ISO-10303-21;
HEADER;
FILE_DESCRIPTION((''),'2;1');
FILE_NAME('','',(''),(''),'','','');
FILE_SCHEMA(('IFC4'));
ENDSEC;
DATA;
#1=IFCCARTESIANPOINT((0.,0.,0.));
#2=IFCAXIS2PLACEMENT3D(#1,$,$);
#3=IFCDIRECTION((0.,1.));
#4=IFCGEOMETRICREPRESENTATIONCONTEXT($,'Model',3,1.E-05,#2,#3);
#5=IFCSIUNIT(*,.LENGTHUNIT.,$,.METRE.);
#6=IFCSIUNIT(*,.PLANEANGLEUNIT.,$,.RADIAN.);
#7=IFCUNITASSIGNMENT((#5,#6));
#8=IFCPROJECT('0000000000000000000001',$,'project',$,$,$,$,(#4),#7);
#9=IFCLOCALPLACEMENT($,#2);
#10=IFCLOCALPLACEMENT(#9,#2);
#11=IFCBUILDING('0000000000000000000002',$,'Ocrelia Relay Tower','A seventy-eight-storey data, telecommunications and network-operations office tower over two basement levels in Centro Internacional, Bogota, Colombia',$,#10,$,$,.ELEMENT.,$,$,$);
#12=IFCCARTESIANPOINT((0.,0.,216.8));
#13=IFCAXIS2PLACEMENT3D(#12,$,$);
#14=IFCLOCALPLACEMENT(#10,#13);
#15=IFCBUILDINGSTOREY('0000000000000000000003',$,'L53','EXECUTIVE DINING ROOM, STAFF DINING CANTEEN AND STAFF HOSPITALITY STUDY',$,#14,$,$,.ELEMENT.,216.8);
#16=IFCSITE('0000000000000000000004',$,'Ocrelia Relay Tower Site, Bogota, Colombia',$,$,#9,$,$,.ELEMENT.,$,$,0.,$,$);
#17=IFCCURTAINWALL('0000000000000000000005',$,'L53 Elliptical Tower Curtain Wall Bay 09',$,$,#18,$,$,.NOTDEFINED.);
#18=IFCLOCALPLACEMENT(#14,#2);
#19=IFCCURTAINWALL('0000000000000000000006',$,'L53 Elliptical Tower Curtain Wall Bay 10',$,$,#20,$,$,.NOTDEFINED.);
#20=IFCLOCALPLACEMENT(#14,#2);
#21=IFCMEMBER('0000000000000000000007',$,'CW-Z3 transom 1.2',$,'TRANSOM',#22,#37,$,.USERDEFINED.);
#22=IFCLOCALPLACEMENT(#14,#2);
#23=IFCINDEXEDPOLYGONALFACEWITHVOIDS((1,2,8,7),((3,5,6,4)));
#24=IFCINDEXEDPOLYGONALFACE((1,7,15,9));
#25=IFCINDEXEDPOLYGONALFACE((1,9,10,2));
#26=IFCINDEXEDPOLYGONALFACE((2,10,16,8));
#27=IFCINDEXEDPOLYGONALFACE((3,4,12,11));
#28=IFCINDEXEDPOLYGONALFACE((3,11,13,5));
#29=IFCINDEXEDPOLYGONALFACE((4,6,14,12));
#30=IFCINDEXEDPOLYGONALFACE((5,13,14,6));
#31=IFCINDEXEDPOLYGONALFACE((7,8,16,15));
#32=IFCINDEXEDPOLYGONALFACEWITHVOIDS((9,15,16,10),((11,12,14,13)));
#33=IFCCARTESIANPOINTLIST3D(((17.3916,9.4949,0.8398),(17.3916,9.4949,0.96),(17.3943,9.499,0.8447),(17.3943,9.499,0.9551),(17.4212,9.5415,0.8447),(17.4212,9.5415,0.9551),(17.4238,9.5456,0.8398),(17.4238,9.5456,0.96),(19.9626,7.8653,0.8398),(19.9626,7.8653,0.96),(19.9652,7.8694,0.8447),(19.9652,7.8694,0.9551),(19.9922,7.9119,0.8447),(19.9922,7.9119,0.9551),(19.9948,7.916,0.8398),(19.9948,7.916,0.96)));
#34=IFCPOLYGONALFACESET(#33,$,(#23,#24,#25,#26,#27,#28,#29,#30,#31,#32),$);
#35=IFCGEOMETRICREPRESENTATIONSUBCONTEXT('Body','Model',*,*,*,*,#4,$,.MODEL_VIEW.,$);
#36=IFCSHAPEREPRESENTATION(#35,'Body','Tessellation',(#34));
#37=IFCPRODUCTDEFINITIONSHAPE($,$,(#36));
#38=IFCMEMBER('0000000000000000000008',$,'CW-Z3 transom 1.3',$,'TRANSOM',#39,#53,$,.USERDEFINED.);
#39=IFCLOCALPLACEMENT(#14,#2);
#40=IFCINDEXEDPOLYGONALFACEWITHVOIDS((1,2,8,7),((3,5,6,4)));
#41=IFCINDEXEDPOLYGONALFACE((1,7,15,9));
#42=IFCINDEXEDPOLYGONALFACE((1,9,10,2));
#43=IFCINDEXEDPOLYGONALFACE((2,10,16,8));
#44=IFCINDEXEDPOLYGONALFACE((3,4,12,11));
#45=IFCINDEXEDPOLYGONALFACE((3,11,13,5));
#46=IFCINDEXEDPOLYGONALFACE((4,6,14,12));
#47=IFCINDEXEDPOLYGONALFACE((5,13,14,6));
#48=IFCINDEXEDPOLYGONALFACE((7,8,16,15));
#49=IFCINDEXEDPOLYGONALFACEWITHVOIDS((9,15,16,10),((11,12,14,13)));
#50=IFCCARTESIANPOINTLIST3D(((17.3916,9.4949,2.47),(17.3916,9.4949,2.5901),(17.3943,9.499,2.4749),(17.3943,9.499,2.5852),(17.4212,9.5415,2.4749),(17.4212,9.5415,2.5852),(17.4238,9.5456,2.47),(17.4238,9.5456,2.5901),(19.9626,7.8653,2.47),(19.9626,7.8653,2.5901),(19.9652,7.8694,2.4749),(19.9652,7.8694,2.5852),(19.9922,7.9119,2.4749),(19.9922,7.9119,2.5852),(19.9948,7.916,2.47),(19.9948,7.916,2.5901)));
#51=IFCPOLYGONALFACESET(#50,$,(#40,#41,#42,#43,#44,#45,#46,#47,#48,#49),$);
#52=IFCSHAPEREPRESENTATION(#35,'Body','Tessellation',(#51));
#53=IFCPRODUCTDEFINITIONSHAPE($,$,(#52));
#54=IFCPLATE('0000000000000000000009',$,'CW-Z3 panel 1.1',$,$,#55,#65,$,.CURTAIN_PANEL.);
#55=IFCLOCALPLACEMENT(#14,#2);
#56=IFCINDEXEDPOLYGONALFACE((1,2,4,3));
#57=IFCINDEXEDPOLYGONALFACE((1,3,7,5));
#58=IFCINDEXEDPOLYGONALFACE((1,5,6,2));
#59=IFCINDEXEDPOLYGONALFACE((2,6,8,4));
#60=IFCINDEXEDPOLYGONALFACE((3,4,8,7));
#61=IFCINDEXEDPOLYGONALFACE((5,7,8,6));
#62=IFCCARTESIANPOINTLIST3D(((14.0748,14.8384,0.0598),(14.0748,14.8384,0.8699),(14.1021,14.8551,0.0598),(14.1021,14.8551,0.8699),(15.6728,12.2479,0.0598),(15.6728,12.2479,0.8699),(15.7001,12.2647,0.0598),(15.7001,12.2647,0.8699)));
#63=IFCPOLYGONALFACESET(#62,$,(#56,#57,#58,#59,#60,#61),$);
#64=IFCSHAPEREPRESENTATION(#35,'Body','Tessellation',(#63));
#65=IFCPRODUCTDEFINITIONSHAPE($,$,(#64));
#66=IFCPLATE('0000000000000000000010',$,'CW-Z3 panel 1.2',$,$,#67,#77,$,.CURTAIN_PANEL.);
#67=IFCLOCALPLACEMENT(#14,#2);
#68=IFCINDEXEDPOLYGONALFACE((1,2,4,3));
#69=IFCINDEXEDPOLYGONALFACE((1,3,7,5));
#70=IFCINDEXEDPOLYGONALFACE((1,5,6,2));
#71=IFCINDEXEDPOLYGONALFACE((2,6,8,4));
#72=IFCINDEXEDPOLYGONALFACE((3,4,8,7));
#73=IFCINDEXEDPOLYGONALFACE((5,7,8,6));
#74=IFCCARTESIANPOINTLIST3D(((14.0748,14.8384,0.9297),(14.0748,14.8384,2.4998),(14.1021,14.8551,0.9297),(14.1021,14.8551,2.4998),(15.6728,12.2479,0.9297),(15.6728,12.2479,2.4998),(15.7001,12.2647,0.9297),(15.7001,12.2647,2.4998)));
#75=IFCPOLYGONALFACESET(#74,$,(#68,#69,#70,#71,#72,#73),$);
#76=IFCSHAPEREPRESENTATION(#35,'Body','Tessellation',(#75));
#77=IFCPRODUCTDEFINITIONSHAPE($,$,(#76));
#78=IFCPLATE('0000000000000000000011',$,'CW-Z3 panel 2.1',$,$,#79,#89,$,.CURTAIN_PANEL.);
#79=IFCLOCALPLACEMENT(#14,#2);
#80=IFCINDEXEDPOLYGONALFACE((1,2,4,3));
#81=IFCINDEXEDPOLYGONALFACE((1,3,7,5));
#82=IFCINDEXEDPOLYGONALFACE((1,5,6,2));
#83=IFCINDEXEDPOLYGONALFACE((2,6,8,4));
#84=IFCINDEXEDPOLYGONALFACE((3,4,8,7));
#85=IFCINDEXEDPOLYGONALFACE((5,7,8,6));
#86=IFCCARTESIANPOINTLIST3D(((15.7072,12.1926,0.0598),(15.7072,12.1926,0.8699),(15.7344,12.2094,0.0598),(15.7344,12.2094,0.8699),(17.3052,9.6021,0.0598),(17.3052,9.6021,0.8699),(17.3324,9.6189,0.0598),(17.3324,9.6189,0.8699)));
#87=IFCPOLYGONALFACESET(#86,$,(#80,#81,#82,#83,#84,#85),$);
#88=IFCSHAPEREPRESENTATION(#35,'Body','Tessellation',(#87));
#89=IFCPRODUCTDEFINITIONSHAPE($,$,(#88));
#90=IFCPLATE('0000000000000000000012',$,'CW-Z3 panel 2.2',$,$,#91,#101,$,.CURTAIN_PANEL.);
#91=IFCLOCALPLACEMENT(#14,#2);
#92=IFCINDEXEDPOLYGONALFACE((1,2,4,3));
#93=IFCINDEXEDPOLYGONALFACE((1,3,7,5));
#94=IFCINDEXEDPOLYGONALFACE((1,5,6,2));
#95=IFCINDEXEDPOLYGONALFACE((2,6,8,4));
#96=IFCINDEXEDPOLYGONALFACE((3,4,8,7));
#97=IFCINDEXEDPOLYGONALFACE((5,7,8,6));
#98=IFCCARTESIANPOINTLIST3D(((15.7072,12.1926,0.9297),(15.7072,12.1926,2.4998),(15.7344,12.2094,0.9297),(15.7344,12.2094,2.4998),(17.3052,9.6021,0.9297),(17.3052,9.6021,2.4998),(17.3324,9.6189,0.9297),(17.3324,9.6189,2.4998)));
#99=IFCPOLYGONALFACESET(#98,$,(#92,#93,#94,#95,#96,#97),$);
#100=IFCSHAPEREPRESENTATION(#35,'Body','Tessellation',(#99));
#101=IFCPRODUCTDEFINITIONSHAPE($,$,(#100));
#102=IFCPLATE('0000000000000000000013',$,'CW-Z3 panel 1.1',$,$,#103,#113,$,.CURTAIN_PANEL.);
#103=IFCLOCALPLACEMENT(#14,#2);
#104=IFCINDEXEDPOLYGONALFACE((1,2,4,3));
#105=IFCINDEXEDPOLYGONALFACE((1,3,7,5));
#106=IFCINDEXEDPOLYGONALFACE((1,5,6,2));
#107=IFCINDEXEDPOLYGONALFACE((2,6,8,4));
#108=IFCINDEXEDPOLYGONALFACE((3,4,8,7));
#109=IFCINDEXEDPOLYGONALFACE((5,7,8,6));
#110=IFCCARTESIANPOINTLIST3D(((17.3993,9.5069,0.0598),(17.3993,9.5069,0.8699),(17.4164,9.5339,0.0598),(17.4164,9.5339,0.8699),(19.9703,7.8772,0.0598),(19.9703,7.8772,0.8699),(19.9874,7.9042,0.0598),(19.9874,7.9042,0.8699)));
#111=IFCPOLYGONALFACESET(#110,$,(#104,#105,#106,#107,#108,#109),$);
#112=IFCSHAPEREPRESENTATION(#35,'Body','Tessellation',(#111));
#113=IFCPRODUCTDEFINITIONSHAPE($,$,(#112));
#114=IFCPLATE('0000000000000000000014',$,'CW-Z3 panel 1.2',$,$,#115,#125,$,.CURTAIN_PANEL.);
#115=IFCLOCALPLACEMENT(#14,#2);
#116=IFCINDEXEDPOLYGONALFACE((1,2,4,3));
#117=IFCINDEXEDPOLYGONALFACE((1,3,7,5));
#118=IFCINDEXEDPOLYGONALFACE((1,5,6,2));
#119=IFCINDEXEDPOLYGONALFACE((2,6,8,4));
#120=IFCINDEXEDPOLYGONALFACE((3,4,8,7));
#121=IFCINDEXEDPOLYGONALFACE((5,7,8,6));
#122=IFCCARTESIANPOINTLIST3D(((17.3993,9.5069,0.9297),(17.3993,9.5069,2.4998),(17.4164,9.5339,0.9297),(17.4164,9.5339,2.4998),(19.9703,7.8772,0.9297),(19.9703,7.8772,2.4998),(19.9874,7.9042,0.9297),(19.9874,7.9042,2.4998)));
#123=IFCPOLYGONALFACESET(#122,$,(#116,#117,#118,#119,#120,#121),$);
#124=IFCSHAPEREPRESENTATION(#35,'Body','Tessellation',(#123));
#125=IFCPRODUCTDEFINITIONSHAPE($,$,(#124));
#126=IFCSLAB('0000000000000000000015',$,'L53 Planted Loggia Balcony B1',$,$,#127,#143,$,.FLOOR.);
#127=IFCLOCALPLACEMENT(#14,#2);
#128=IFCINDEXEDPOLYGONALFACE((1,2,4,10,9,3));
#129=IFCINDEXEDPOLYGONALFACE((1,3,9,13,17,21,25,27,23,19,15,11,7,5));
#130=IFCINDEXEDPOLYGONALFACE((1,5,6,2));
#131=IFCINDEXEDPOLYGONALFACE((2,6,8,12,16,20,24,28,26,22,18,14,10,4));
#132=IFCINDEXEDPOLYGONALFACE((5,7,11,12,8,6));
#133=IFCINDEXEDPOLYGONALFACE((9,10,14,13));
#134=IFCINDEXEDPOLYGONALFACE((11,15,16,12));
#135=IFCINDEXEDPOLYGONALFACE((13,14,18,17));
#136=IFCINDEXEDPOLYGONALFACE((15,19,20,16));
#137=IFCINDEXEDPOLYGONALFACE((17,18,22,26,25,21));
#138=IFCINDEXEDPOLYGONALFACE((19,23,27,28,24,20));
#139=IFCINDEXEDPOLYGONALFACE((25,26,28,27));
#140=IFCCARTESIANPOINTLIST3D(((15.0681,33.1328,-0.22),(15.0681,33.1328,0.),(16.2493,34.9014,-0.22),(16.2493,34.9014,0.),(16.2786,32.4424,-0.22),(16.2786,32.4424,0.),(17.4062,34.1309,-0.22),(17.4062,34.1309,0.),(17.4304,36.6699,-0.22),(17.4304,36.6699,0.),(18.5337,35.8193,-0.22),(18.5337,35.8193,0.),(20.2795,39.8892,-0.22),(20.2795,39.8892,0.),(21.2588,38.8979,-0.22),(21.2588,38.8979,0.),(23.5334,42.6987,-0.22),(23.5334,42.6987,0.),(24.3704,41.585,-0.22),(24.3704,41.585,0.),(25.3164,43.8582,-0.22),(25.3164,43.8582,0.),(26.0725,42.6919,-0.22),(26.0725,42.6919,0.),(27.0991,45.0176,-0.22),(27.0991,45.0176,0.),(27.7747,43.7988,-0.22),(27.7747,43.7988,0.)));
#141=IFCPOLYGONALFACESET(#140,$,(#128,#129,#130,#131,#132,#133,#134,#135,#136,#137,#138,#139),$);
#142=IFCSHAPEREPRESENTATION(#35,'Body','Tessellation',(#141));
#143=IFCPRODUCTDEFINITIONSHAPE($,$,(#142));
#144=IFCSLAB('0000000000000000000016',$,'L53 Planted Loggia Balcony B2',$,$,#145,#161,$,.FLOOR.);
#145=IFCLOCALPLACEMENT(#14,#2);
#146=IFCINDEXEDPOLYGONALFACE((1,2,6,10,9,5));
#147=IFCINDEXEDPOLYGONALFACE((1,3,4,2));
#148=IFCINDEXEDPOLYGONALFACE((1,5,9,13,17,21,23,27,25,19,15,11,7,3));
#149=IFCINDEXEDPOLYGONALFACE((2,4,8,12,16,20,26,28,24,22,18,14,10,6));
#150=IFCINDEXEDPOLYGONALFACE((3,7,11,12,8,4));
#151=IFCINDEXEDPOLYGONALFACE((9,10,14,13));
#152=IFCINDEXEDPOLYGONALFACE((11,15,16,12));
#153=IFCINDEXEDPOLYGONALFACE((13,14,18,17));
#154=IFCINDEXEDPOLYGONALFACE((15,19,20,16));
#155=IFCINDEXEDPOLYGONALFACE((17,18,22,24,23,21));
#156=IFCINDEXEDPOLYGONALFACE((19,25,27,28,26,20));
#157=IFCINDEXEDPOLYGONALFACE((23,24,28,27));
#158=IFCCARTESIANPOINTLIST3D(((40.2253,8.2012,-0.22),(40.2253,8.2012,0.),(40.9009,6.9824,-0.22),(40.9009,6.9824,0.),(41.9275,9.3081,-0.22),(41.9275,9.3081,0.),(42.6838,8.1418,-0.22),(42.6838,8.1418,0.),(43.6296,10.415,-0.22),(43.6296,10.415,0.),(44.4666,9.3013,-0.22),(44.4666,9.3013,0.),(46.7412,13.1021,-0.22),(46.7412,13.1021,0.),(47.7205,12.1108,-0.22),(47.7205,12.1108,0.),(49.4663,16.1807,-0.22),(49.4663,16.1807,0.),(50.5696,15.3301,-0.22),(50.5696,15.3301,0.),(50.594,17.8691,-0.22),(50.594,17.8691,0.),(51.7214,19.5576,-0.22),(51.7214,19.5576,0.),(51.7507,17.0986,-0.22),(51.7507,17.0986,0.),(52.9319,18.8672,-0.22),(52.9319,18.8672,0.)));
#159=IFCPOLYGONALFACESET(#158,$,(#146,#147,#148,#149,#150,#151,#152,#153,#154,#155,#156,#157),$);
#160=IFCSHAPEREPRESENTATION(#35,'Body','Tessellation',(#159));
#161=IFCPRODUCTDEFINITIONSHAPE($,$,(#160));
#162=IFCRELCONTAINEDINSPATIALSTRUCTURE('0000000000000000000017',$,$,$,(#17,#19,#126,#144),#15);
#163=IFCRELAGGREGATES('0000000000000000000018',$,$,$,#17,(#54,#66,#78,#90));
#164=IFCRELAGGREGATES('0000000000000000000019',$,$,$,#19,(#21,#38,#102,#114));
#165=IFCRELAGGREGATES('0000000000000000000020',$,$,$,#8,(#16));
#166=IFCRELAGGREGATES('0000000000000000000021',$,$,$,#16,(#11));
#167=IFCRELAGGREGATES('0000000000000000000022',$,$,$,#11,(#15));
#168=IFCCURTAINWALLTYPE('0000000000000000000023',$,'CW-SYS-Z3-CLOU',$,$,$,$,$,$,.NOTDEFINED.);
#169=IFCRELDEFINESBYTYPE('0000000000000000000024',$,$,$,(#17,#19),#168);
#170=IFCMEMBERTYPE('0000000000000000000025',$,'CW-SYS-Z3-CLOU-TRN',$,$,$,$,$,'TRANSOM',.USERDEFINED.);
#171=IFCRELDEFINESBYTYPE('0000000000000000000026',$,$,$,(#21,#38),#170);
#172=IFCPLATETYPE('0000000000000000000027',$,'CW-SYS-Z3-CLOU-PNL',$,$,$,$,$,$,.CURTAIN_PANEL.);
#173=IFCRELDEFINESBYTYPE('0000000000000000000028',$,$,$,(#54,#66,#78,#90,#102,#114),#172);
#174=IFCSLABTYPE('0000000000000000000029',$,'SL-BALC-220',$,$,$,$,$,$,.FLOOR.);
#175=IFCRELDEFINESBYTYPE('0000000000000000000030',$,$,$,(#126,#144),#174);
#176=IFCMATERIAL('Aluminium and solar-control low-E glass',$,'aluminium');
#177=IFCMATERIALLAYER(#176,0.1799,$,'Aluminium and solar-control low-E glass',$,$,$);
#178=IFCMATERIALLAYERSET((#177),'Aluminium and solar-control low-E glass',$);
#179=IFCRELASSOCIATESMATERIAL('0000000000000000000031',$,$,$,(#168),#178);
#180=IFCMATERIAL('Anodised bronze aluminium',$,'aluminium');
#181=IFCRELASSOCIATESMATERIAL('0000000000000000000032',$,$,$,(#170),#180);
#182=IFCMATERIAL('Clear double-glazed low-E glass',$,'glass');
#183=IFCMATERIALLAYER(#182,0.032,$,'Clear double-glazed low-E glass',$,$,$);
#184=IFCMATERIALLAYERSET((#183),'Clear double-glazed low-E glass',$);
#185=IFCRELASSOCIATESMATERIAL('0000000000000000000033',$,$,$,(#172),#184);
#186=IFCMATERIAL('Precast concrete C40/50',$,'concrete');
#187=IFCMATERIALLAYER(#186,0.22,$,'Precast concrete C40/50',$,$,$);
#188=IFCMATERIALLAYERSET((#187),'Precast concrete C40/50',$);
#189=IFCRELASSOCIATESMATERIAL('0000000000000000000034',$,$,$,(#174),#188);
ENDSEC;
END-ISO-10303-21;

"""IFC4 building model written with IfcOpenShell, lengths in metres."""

from ifc_helpers import new_model, si_unit, direction, frame, origin, origin_2d, place, context, subcontext, project, spatial, polyline, rectangle, hollow_rectangle, outline, extrude, material, layer, layer_set, material_profile, profile_set, type_object, element, aggregate, save


model = new_model("IFC4")

# Units and contexts
model_context = context("Model", 3, precision=1e-05, world=origin(), true_north=direction((0.0, 1.0)))
body_context = subcontext(model_context, "Body", "Model", "MODEL_VIEW")
ifc_project = project(units=[si_unit("LENGTHUNIT", "METRE"), si_unit("PLANEANGLEUNIT", "RADIAN")], contexts=[model_context])

# Site, building, storey
site_placement = place(None, origin())
site = spatial("IfcSite", under=ifc_project, at=site_placement, Name="Ocrelia Relay Tower Site, Bogota, Colombia", CompositionType="ELEMENT", RefElevation=0.0)
building_placement = place(site_placement, origin())
building = spatial("IfcBuilding", under=site, at=building_placement, Name="Ocrelia Relay Tower", Description="A seventy-eight-storey data, telecommunications and network-operations office tower over two basement levels in Centro Internacional, Bogota, Colombia", CompositionType="ELEMENT")
storey_placement = place(building_placement, frame((0.0, 0.0, 216.8)))
storey = spatial("IfcBuildingStorey", under=building, at=storey_placement, Name="L53", Description="EXECUTIVE DINING ROOM, STAFF DINING CANTEEN AND STAFF HOSPITALITY STUDY", CompositionType="ELEMENT", Elevation=216.8)

# Curtain wall
ifc_material_1 = material(Name="Aluminium and solar-control low-E glass", Category="aluminium")
ifc_layer_1 = layer(ifc_material_1, 0.1799, Name="Aluminium and solar-control low-E glass")
ifc_layer_set_1 = layer_set([ifc_layer_1], Name="Aluminium and solar-control low-E glass")
curtain_wall_type = type_object("IfcCurtainWallType", Name="CW-SYS-Z3-CLOU", PredefinedType="NOTDEFINED", material=ifc_layer_set_1)
curtain_wall_1_placement = place(storey_placement, origin())
curtain_wall_1 = element("IfcCurtainWall", 1, at=curtain_wall_1_placement, inside=storey, type_object=curtain_wall_type, Name="L53 Elliptical Tower Curtain Wall Bay 09", PredefinedType="NOTDEFINED")
ifc_material_2 = material(Name="Anodised bronze aluminium", Category="aluminium")

# Curtain wall
curtain_wall_2_placement = place(storey_placement, origin())
curtain_wall_2 = element("IfcCurtainWall", 2, at=curtain_wall_2_placement, inside=storey, type_object=curtain_wall_type, Name="L53 Elliptical Tower Curtain Wall Bay 10", PredefinedType="NOTDEFINED")

# Members
ifc_material_profile_1 = material_profile(ifc_material_2, hollow_rectangle(XDim=0.0601, YDim=0.1201, WallThickness=0.0049, at=origin_2d()), Name="CW-TRN-120x60")
ifc_profile_set_1 = profile_set([ifc_material_profile_1], Name="Anodised bronze aluminium")
member_type_1 = type_object("IfcMemberType", Name="CW-SYS-Z3-CLOU-TRN", ElementType="TRANSOM", PredefinedType="USERDEFINED", material=ifc_profile_set_1)
member_1_placement = place(storey_placement, frame((17.4077, 9.5203, 0.8999), z_axis=(0.844624, -0.535359, 0.0), x_axis=(0.535359, 0.844624, 0.0)))
member_1 = element("IfcMember", 3, at=member_1_placement, type_object=member_type_1, Name="CW-Z3 transom 1.2", ObjectType="TRANSOM", PredefinedType="USERDEFINED", context=body_context, shape_type="SweptSolid", body=[
    extrude(hollow_rectangle(XDim=0.0601, YDim=0.1201, WallThickness=0.0049, at=origin_2d()), origin(), (0.0, 0.0, 1.0), 3.0439),
])
member_2_placement = place(storey_placement, frame((17.4077, 9.5203, 2.53), z_axis=(0.844624, -0.535359, 0.0), x_axis=(0.535359, 0.844624, 0.0)))
member_2 = element("IfcMember", 4, at=member_2_placement, type_object=member_type_1, Name="CW-Z3 transom 1.3", ObjectType="TRANSOM", PredefinedType="USERDEFINED", context=body_context, shape_type="SweptSolid", body=[
    extrude(hollow_rectangle(XDim=0.0601, YDim=0.1201, WallThickness=0.0049, at=origin_2d()), origin(), (0.0, 0.0, 1.0), 3.0439),
])

# Plates
ifc_material_3 = material(Name="Clear double-glazed low-E glass", Category="glass")
ifc_layer_2 = layer(ifc_material_3, 0.032, Name="Clear double-glazed low-E glass")
ifc_layer_set_2 = layer_set([ifc_layer_2], Name="Clear double-glazed low-E glass")
plate_type = type_object("IfcPlateType", Name="CW-SYS-Z3-CLOU-PNL", PredefinedType="CURTAIN_PANEL", material=ifc_layer_set_2)
plate_1_placement = place(storey_placement, frame((14.8875, 13.5515, 0.0598), z_axis=(0.0, 0.0, 1.0), x_axis=(0.525018, -0.851091, 0.0)))
plate_1 = element("IfcPlate", 5, at=plate_1_placement, type_object=plate_type, Name="CW-Z3 panel 1.1", PredefinedType="CURTAIN_PANEL", context=body_context, shape_type="SweptSolid", body=[
    extrude(rectangle(XDim=3.0437, YDim=0.032, at=origin_2d()), origin(), (0.0, 0.0, 1.0), 0.8101),
])
plate_2_placement = place(storey_placement, frame((14.8875, 13.5515, 0.9297), z_axis=(0.0, 0.0, 1.0), x_axis=(0.525018, -0.851091, 0.0)))
plate_2 = element("IfcPlate", 6, at=plate_2_placement, type_object=plate_type, Name="CW-Z3 panel 1.2", PredefinedType="CURTAIN_PANEL", context=body_context, shape_type="SweptSolid", body=[
    extrude(rectangle(XDim=3.0437, YDim=0.032, at=origin_2d()), origin(), (0.0, 0.0, 1.0), 1.5701),
])
plate_3_placement = place(storey_placement, frame((16.5198, 10.9058, 0.0598), z_axis=(0.0, 0.0, 1.0), x_axis=(0.525018, -0.851091, 0.0)))
plate_3 = element("IfcPlate", 7, at=plate_3_placement, type_object=plate_type, Name="CW-Z3 panel 2.1", PredefinedType="CURTAIN_PANEL", context=body_context, shape_type="SweptSolid", body=[
    extrude(rectangle(XDim=3.0437, YDim=0.032, at=origin_2d()), origin(), (0.0, 0.0, 1.0), 0.8101),
])
plate_4_placement = place(storey_placement, frame((16.5198, 10.9058, 0.9297), z_axis=(0.0, 0.0, 1.0), x_axis=(0.525018, -0.851091, 0.0)))
plate_4 = element("IfcPlate", 8, at=plate_4_placement, type_object=plate_type, Name="CW-Z3 panel 2.2", PredefinedType="CURTAIN_PANEL", context=body_context, shape_type="SweptSolid", body=[
    extrude(rectangle(XDim=3.0437, YDim=0.032, at=origin_2d()), origin(), (0.0, 0.0, 1.0), 1.5701),
])
aggregate(curtain_wall_1, [plate_1, plate_2, plate_3, plate_4])
plate_5_placement = place(storey_placement, frame((18.6934, 8.7056, 0.0598), z_axis=(0.0, 0.0, 1.0), x_axis=(0.844609, -0.535383, 0.0)))
plate_5 = element("IfcPlate", 9, at=plate_5_placement, type_object=plate_type, Name="CW-Z3 panel 1.1", PredefinedType="CURTAIN_PANEL", context=body_context, shape_type="SweptSolid", body=[
    extrude(rectangle(XDim=3.0439, YDim=0.032, at=origin_2d()), origin(), (0.0, 0.0, 1.0), 0.8101),
])
plate_6_placement = place(storey_placement, frame((18.6934, 8.7056, 0.9297), z_axis=(0.0, 0.0, 1.0), x_axis=(0.844609, -0.535383, 0.0)))
plate_6 = element("IfcPlate", 10, at=plate_6_placement, type_object=plate_type, Name="CW-Z3 panel 1.2", PredefinedType="CURTAIN_PANEL", context=body_context, shape_type="SweptSolid", body=[
    extrude(rectangle(XDim=3.0439, YDim=0.032, at=origin_2d()), origin(), (0.0, 0.0, 1.0), 1.5701),
])
aggregate(curtain_wall_2, [member_1, member_2, plate_5, plate_6])

# Slabs
ifc_material_4 = material(Name="Precast concrete C40/50", Category="concrete")
ifc_layer_3 = layer(ifc_material_4, 0.22, Name="Precast concrete C40/50")
ifc_layer_set_3 = layer_set([ifc_layer_3], Name="Precast concrete C40/50")
slab_type_1 = type_object("IfcSlabType", Name="SL-BALC-220", PredefinedType="FLOOR", material=ifc_layer_set_3)
slab_1_placement = place(storey_placement, frame((0.0, 0.0, -0.22)))
element("IfcSlab", 11, at=slab_1_placement, inside=storey, type_object=slab_type_1, Name="L53 Planted Loggia Balcony B1", PredefinedType="FLOOR", context=body_context, shape_type="SweptSolid", body=[
    extrude(outline(polyline([(27.7747, 43.7988), (26.0725, 42.6919), (24.3704, 41.585), (21.2588, 38.8979), (18.5337, 35.8193), (17.4062, 34.1309), (16.2786, 32.4424), (15.0681, 33.1328), (16.2493, 34.9014), (17.4304, 36.6699), (20.2795, 39.8892), (23.5334, 42.6987), (25.3164, 43.8582), (27.0991, 45.0176), (27.7747, 43.7988)])), origin(), (0.0, 0.0, 1.0), 0.22),
])
slab_2_placement = place(storey_placement, frame((0.0, 0.0, -0.22)))
element("IfcSlab", 12, at=slab_2_placement, inside=storey, type_object=slab_type_1, Name="L53 Planted Loggia Balcony B2", PredefinedType="FLOOR", context=body_context, shape_type="SweptSolid", body=[
    extrude(outline(polyline([(40.2253, 8.2012), (41.9275, 9.3081), (43.6296, 10.415), (46.7412, 13.1021), (49.4663, 16.1807), (50.594, 17.8691), (51.7214, 19.5576), (52.9319, 18.8672), (51.7507, 17.0986), (50.5696, 15.3301), (47.7205, 12.1108), (44.4666, 9.3013), (42.6838, 8.1418), (40.9009, 6.9824), (40.2253, 8.2012)])), origin(), (0.0, 0.0, 1.0), 0.22),
])

save(model, "model.ifc")
